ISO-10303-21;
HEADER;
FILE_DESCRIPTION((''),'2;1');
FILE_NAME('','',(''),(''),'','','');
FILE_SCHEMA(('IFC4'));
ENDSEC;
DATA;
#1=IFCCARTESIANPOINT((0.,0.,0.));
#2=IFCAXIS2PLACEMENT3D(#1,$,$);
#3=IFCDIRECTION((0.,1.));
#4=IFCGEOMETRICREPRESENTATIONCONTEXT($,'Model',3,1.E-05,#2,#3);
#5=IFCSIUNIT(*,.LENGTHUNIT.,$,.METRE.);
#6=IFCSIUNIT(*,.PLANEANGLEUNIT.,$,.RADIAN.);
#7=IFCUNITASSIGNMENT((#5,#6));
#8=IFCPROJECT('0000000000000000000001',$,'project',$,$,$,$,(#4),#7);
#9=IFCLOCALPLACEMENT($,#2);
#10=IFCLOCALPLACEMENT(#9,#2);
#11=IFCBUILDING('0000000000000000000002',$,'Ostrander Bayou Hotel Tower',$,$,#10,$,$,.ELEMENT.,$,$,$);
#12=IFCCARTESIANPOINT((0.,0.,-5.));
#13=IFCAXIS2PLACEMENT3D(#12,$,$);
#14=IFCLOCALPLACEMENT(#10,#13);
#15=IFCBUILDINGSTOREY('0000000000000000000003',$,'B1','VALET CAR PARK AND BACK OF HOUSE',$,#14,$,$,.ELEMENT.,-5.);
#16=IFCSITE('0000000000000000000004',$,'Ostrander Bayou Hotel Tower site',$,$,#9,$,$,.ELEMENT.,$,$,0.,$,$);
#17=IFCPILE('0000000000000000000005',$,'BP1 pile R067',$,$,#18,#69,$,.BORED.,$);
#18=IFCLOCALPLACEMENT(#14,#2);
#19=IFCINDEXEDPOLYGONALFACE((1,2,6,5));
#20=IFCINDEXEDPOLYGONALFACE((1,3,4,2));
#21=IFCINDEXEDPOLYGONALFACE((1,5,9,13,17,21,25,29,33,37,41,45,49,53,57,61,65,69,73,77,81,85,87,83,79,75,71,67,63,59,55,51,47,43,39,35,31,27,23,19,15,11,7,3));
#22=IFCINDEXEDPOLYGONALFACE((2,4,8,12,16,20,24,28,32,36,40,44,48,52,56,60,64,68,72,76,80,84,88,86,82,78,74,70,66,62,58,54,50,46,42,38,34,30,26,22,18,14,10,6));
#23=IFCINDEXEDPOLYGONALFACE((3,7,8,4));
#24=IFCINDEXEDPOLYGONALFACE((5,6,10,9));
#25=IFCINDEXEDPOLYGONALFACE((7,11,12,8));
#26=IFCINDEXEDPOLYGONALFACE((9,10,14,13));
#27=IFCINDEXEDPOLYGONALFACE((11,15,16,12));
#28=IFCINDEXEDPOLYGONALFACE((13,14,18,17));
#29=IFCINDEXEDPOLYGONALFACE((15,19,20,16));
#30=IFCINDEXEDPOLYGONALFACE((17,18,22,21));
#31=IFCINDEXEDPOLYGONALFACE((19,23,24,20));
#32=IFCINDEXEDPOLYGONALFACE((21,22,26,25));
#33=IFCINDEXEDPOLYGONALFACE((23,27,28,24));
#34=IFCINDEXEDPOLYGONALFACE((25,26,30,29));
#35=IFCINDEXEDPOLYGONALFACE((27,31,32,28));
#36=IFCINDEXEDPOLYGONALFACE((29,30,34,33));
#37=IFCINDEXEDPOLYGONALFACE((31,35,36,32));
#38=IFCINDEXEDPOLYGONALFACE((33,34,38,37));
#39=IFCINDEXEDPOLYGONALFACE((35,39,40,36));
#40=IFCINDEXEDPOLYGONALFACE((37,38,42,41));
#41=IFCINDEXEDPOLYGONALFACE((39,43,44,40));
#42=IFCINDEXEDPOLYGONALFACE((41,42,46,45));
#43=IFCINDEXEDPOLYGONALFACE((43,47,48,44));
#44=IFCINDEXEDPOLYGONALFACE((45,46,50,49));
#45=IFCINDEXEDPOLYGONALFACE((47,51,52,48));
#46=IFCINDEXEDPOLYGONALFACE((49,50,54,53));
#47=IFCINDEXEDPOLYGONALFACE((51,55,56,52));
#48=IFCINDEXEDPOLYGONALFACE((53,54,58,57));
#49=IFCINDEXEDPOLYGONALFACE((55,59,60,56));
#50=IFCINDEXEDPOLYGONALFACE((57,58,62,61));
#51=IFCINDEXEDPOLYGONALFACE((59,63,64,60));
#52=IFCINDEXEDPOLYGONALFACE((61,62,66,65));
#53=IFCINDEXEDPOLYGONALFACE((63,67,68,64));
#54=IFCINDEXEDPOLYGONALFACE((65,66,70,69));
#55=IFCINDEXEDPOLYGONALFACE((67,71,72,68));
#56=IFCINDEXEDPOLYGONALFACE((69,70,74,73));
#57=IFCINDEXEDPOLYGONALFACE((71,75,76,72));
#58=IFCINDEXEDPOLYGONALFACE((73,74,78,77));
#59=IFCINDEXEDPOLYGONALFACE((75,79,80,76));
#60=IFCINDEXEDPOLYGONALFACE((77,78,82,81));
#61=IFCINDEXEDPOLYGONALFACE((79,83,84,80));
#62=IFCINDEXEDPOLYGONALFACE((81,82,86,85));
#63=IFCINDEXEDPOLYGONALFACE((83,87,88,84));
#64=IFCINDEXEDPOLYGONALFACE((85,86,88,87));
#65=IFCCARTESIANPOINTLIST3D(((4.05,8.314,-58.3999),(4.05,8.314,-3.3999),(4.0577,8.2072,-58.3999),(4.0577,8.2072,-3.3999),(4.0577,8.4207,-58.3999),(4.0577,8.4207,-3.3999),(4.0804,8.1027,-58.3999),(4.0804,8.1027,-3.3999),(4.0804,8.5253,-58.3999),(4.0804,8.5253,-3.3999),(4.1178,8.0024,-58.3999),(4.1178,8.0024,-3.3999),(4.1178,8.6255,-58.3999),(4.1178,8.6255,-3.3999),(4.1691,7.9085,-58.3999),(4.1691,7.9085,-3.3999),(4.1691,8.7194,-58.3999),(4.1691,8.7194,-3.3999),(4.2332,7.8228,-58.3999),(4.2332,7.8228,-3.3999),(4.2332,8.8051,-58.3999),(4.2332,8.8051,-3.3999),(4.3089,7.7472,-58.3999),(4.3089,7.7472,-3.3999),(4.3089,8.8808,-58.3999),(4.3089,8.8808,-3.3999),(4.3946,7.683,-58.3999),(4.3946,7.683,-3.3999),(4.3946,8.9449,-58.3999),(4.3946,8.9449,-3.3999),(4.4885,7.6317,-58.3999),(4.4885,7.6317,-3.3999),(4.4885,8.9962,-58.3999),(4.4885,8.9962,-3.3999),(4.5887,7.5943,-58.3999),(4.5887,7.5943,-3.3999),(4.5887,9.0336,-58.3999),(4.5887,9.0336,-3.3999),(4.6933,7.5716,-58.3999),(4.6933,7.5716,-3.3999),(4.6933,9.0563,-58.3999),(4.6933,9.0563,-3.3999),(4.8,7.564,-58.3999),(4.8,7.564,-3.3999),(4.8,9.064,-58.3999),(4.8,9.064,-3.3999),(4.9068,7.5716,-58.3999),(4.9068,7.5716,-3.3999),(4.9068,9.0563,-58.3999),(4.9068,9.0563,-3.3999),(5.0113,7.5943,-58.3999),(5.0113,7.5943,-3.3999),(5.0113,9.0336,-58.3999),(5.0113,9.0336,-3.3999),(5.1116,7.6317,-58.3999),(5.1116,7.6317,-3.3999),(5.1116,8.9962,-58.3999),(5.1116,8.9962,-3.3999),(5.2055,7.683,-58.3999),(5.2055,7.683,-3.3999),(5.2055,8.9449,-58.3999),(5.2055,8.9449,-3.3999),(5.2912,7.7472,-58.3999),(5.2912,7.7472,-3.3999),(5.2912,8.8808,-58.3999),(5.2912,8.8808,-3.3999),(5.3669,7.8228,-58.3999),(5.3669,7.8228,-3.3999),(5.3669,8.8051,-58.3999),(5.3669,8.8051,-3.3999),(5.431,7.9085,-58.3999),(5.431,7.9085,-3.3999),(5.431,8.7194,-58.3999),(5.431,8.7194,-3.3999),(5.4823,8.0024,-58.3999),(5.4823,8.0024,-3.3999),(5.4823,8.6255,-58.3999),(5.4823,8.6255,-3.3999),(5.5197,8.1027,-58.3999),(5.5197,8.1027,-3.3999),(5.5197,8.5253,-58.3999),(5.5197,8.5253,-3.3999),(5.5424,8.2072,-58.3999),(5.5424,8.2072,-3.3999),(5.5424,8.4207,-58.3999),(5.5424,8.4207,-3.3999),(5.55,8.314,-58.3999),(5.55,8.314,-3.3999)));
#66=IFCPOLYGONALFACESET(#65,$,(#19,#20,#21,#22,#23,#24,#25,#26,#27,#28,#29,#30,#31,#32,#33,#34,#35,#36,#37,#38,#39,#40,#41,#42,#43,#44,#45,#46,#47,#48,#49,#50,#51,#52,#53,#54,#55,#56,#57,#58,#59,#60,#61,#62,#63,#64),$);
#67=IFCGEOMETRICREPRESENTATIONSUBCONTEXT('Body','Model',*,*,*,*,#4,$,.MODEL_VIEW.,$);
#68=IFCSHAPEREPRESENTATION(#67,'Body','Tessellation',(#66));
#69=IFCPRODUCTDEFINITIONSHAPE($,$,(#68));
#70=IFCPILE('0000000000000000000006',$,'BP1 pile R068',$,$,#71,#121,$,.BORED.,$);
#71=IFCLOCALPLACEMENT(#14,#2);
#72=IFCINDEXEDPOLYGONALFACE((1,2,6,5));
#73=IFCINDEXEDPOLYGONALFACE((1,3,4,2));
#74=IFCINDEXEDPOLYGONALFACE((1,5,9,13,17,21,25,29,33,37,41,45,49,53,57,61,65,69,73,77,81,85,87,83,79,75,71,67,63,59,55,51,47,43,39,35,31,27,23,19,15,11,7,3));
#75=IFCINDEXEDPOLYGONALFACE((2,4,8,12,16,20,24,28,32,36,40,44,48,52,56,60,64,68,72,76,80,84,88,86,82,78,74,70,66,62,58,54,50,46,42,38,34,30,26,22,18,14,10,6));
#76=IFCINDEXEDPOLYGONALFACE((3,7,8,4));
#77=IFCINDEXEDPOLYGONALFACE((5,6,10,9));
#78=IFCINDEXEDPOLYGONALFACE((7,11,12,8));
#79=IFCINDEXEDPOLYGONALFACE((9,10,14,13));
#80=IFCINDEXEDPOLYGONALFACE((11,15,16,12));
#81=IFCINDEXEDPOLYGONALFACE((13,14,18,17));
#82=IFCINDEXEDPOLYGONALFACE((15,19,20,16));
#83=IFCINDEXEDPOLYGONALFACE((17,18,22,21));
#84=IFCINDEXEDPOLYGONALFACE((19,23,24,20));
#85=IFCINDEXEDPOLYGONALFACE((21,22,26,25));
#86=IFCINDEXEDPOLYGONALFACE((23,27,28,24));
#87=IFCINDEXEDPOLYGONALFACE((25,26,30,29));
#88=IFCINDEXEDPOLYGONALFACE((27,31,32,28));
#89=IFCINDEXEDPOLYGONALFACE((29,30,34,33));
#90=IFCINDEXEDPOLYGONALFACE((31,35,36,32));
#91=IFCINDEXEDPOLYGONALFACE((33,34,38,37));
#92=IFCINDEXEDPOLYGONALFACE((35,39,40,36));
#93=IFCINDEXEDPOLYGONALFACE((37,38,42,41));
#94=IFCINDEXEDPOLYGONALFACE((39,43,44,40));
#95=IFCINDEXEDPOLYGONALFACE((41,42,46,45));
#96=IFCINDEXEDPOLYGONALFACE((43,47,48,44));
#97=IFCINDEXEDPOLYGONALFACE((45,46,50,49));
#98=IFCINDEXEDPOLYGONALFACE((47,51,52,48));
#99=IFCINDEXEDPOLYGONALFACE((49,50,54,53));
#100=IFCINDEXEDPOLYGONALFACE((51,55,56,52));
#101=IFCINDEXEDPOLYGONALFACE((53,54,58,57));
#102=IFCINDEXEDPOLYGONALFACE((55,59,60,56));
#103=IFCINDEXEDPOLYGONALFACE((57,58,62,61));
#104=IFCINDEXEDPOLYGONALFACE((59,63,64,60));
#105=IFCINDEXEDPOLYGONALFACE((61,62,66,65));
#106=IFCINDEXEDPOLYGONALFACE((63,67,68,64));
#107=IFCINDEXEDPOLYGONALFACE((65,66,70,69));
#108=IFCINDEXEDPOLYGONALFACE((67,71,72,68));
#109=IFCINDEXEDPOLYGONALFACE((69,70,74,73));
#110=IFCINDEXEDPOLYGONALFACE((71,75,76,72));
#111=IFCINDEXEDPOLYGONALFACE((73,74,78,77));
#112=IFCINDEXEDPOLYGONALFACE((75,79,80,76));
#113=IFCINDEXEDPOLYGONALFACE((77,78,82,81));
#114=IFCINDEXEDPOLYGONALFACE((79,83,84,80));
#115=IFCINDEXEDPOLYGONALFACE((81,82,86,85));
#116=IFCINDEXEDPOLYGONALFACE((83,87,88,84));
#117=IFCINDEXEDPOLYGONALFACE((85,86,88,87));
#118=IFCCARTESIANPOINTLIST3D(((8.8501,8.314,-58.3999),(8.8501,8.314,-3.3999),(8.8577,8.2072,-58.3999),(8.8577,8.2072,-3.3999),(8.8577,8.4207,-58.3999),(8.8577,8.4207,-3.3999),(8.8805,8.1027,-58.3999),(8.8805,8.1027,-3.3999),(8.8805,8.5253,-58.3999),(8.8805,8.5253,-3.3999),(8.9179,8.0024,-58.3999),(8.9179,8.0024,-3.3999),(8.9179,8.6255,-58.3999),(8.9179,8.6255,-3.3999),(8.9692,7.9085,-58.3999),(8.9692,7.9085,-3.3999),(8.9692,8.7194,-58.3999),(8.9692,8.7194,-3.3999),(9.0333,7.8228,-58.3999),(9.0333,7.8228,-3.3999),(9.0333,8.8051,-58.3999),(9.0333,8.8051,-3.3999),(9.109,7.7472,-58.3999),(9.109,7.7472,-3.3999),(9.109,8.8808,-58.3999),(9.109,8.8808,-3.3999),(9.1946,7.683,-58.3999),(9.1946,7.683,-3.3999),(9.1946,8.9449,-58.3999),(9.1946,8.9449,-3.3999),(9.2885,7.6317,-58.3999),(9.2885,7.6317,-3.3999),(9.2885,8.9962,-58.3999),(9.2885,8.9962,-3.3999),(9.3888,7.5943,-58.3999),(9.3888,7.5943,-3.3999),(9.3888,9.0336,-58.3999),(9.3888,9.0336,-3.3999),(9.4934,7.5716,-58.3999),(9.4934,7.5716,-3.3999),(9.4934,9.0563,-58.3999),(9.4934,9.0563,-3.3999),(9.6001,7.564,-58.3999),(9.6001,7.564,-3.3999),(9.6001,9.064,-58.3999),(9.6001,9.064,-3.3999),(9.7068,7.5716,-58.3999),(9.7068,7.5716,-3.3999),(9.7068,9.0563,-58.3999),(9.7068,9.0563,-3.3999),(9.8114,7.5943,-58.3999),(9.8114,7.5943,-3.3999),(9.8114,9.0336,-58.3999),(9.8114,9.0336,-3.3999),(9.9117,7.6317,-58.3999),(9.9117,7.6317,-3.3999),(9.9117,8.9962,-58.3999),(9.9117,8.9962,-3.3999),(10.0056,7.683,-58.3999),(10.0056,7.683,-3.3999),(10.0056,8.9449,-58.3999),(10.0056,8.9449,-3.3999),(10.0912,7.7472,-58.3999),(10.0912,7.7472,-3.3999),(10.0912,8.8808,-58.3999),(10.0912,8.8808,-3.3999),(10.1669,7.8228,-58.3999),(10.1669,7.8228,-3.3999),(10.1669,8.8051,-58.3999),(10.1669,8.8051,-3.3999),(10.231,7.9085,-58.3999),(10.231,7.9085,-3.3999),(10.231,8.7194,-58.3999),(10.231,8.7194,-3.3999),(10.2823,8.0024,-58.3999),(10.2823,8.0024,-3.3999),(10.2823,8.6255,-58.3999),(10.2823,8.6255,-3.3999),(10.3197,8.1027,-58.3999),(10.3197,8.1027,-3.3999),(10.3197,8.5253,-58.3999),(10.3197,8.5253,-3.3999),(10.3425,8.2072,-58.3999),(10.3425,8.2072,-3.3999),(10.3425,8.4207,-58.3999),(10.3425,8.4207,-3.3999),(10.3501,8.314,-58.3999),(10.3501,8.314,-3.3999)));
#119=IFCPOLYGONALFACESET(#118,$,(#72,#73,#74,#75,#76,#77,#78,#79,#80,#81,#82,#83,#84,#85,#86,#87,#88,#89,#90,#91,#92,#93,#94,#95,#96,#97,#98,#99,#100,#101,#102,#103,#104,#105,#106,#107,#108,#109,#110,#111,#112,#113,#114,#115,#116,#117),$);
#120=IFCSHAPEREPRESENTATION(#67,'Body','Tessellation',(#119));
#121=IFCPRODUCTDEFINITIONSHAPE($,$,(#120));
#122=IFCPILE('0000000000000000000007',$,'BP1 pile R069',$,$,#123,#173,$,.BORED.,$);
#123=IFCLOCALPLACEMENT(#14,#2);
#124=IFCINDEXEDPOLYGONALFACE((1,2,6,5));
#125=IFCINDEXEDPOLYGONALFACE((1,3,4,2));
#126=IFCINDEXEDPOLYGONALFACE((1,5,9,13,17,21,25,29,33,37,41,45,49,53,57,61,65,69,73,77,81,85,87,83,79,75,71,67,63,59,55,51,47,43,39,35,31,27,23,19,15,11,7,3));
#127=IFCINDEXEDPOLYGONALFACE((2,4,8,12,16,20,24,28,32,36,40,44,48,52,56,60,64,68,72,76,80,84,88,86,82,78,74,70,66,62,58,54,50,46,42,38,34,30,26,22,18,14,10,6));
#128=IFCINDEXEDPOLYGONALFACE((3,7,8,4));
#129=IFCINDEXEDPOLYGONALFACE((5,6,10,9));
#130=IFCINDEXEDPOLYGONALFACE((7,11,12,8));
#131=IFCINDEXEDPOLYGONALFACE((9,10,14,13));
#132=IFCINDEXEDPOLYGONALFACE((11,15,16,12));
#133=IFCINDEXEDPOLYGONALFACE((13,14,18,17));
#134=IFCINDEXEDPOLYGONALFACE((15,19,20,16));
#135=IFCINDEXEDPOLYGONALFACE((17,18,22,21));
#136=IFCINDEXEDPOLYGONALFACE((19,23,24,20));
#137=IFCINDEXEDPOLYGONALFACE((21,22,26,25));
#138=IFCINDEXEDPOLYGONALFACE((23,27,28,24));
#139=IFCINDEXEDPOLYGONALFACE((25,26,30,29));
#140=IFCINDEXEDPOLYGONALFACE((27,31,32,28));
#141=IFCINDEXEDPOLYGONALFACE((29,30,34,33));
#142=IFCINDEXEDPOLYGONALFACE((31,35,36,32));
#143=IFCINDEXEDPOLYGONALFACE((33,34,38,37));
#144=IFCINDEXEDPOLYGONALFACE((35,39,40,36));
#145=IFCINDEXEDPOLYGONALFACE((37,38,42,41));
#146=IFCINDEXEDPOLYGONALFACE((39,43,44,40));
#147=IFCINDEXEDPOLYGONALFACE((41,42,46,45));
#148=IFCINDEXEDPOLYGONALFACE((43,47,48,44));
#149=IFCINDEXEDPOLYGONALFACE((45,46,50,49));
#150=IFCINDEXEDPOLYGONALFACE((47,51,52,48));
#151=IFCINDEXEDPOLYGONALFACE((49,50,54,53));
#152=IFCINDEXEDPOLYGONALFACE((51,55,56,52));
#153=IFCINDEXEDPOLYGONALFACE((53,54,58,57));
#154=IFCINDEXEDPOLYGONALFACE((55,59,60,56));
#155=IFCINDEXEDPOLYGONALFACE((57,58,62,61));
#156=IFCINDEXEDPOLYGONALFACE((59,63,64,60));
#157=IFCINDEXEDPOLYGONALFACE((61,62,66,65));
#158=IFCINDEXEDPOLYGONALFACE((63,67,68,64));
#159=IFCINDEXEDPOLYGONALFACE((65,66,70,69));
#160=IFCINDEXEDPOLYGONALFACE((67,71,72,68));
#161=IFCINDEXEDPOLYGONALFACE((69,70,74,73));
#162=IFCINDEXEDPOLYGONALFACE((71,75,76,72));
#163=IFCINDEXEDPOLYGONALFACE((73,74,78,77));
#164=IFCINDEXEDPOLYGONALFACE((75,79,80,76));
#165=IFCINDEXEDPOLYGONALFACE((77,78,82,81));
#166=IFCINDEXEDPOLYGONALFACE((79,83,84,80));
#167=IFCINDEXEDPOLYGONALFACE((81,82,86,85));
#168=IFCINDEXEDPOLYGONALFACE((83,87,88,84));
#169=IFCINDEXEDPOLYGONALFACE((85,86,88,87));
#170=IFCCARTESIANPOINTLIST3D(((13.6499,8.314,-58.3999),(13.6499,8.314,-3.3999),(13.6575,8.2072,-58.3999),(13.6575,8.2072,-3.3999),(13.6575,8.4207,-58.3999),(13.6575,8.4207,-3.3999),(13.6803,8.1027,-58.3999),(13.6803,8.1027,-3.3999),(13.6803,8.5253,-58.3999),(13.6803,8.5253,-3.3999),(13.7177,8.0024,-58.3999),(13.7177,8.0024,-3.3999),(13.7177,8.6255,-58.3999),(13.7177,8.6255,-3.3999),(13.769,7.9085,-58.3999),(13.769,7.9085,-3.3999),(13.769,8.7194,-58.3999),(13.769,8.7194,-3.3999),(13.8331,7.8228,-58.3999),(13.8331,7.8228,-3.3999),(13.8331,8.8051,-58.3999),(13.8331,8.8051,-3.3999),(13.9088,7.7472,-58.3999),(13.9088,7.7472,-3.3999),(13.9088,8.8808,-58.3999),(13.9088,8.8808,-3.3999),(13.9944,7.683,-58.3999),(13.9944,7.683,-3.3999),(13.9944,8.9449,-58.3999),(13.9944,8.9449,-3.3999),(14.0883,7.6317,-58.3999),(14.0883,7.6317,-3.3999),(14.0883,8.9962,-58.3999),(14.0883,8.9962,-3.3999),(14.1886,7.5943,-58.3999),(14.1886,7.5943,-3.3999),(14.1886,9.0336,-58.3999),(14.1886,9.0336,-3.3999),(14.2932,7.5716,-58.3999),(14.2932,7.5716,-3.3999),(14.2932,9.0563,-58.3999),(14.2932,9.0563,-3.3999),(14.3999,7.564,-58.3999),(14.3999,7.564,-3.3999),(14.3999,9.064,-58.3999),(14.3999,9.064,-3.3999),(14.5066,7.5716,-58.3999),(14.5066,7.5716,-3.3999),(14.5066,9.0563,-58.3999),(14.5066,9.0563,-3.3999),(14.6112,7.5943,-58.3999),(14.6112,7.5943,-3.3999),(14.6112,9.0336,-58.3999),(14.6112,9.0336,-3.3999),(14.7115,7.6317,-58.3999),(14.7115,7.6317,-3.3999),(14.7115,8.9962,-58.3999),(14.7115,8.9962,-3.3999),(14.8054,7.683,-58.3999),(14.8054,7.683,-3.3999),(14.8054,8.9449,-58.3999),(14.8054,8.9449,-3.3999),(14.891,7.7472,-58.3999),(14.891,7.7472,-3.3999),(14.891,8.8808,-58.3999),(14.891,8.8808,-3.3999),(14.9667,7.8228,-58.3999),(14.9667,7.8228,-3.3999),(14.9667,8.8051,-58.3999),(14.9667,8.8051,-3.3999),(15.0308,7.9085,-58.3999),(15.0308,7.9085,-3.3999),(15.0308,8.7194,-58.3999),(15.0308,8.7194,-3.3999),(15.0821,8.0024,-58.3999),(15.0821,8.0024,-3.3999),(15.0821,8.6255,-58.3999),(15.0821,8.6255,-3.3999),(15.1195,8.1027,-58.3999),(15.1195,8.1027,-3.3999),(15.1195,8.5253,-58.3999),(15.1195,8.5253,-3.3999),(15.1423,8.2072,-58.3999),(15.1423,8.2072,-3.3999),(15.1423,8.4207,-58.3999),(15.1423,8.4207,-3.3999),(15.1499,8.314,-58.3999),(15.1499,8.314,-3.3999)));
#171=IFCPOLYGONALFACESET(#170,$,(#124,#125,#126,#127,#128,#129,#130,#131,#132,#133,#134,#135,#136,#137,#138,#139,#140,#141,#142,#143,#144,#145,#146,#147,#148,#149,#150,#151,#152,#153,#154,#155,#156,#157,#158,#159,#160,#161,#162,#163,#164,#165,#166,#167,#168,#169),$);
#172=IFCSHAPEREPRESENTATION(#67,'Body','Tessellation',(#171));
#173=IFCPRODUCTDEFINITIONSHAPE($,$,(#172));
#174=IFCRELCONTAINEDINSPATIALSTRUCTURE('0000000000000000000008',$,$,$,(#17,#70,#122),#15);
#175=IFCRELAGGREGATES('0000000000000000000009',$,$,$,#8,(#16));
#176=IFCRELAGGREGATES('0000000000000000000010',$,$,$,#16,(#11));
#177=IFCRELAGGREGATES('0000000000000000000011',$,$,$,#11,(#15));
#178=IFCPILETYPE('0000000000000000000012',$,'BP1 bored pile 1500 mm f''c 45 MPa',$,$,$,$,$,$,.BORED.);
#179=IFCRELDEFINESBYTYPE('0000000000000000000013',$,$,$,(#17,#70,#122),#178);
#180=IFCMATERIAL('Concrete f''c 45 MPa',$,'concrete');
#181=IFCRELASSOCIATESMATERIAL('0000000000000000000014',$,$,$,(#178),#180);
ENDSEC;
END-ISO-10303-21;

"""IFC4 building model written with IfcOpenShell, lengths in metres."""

from ifc_helpers import new_model, si_unit, direction, frame, origin, origin_2d, place, context, subcontext, project, spatial, circle, extrude, material, material_profile, profile_set, type_object, element, save


model = new_model("IFC4")

# Units and contexts
model_context = context("Model", 3, precision=1e-05, world=origin(), true_north=direction((0.0, 1.0)))
body_context = subcontext(model_context, "Body", "Model", "MODEL_VIEW")
ifc_project = project(units=[si_unit("LENGTHUNIT", "METRE"), si_unit("PLANEANGLEUNIT", "RADIAN")], contexts=[model_context])

# Site, building, storey
site_placement = place(None, origin())
site = spatial("IfcSite", under=ifc_project, at=site_placement, Name="Ostrander Bayou Hotel Tower site", CompositionType="ELEMENT", RefElevation=0.0)
building_placement = place(site_placement, origin())
building = spatial("IfcBuilding", under=site, at=building_placement, Name="Ostrander Bayou Hotel Tower", CompositionType="ELEMENT")
storey_placement = place(building_placement, frame((0.0, 0.0, -5.0)))
storey = spatial("IfcBuildingStorey", under=building, at=storey_placement, Name="B1", Description="VALET CAR PARK AND BACK OF HOUSE", CompositionType="ELEMENT", Elevation=-5.0)

# Piles
ifc_material_1 = material(Name="Concrete f'c 45 MPa", Category="concrete")
ifc_material_profile = material_profile(ifc_material_1, circle(Radius=0.75, at=origin_2d()))
ifc_profile_set = profile_set([ifc_material_profile], Name="Concrete f'c 45 MPa")
pile_type = type_object("IfcPileType", Name="BP1 bored pile 1500 mm f'c 45 MPa", PredefinedType="BORED", material=ifc_profile_set)
for number, where, z_axis, x_axis, name in (
    (1, (4.8, 8.314, -3.3999), (0.0, 0.0, -1.0), (1.0, 0.0, 0.0), "BP1 pile R067"),
    (2, (9.6001, 8.314, -3.3999), (0.0, 0.0, -1.0), (1.0, 0.0, 0.0), "BP1 pile R068"),
    (3, (14.3999, 8.314, -3.3999), (0.0, 0.0, -1.0), (1.0, 0.0, 0.0), "BP1 pile R069"),
):
    element("IfcPile", number, at=place(storey_placement, frame(where, z_axis=z_axis, x_axis=x_axis)), inside=storey, type_object=pile_type, Name=name, PredefinedType="BORED", context=body_context, shape_type="SweptSolid", body=[
        extrude(circle(Radius=0.75, at=origin_2d()), origin(), (0.0, 0.0, 1.0), 55.0),
    ])

save(model, "model.ifc")
